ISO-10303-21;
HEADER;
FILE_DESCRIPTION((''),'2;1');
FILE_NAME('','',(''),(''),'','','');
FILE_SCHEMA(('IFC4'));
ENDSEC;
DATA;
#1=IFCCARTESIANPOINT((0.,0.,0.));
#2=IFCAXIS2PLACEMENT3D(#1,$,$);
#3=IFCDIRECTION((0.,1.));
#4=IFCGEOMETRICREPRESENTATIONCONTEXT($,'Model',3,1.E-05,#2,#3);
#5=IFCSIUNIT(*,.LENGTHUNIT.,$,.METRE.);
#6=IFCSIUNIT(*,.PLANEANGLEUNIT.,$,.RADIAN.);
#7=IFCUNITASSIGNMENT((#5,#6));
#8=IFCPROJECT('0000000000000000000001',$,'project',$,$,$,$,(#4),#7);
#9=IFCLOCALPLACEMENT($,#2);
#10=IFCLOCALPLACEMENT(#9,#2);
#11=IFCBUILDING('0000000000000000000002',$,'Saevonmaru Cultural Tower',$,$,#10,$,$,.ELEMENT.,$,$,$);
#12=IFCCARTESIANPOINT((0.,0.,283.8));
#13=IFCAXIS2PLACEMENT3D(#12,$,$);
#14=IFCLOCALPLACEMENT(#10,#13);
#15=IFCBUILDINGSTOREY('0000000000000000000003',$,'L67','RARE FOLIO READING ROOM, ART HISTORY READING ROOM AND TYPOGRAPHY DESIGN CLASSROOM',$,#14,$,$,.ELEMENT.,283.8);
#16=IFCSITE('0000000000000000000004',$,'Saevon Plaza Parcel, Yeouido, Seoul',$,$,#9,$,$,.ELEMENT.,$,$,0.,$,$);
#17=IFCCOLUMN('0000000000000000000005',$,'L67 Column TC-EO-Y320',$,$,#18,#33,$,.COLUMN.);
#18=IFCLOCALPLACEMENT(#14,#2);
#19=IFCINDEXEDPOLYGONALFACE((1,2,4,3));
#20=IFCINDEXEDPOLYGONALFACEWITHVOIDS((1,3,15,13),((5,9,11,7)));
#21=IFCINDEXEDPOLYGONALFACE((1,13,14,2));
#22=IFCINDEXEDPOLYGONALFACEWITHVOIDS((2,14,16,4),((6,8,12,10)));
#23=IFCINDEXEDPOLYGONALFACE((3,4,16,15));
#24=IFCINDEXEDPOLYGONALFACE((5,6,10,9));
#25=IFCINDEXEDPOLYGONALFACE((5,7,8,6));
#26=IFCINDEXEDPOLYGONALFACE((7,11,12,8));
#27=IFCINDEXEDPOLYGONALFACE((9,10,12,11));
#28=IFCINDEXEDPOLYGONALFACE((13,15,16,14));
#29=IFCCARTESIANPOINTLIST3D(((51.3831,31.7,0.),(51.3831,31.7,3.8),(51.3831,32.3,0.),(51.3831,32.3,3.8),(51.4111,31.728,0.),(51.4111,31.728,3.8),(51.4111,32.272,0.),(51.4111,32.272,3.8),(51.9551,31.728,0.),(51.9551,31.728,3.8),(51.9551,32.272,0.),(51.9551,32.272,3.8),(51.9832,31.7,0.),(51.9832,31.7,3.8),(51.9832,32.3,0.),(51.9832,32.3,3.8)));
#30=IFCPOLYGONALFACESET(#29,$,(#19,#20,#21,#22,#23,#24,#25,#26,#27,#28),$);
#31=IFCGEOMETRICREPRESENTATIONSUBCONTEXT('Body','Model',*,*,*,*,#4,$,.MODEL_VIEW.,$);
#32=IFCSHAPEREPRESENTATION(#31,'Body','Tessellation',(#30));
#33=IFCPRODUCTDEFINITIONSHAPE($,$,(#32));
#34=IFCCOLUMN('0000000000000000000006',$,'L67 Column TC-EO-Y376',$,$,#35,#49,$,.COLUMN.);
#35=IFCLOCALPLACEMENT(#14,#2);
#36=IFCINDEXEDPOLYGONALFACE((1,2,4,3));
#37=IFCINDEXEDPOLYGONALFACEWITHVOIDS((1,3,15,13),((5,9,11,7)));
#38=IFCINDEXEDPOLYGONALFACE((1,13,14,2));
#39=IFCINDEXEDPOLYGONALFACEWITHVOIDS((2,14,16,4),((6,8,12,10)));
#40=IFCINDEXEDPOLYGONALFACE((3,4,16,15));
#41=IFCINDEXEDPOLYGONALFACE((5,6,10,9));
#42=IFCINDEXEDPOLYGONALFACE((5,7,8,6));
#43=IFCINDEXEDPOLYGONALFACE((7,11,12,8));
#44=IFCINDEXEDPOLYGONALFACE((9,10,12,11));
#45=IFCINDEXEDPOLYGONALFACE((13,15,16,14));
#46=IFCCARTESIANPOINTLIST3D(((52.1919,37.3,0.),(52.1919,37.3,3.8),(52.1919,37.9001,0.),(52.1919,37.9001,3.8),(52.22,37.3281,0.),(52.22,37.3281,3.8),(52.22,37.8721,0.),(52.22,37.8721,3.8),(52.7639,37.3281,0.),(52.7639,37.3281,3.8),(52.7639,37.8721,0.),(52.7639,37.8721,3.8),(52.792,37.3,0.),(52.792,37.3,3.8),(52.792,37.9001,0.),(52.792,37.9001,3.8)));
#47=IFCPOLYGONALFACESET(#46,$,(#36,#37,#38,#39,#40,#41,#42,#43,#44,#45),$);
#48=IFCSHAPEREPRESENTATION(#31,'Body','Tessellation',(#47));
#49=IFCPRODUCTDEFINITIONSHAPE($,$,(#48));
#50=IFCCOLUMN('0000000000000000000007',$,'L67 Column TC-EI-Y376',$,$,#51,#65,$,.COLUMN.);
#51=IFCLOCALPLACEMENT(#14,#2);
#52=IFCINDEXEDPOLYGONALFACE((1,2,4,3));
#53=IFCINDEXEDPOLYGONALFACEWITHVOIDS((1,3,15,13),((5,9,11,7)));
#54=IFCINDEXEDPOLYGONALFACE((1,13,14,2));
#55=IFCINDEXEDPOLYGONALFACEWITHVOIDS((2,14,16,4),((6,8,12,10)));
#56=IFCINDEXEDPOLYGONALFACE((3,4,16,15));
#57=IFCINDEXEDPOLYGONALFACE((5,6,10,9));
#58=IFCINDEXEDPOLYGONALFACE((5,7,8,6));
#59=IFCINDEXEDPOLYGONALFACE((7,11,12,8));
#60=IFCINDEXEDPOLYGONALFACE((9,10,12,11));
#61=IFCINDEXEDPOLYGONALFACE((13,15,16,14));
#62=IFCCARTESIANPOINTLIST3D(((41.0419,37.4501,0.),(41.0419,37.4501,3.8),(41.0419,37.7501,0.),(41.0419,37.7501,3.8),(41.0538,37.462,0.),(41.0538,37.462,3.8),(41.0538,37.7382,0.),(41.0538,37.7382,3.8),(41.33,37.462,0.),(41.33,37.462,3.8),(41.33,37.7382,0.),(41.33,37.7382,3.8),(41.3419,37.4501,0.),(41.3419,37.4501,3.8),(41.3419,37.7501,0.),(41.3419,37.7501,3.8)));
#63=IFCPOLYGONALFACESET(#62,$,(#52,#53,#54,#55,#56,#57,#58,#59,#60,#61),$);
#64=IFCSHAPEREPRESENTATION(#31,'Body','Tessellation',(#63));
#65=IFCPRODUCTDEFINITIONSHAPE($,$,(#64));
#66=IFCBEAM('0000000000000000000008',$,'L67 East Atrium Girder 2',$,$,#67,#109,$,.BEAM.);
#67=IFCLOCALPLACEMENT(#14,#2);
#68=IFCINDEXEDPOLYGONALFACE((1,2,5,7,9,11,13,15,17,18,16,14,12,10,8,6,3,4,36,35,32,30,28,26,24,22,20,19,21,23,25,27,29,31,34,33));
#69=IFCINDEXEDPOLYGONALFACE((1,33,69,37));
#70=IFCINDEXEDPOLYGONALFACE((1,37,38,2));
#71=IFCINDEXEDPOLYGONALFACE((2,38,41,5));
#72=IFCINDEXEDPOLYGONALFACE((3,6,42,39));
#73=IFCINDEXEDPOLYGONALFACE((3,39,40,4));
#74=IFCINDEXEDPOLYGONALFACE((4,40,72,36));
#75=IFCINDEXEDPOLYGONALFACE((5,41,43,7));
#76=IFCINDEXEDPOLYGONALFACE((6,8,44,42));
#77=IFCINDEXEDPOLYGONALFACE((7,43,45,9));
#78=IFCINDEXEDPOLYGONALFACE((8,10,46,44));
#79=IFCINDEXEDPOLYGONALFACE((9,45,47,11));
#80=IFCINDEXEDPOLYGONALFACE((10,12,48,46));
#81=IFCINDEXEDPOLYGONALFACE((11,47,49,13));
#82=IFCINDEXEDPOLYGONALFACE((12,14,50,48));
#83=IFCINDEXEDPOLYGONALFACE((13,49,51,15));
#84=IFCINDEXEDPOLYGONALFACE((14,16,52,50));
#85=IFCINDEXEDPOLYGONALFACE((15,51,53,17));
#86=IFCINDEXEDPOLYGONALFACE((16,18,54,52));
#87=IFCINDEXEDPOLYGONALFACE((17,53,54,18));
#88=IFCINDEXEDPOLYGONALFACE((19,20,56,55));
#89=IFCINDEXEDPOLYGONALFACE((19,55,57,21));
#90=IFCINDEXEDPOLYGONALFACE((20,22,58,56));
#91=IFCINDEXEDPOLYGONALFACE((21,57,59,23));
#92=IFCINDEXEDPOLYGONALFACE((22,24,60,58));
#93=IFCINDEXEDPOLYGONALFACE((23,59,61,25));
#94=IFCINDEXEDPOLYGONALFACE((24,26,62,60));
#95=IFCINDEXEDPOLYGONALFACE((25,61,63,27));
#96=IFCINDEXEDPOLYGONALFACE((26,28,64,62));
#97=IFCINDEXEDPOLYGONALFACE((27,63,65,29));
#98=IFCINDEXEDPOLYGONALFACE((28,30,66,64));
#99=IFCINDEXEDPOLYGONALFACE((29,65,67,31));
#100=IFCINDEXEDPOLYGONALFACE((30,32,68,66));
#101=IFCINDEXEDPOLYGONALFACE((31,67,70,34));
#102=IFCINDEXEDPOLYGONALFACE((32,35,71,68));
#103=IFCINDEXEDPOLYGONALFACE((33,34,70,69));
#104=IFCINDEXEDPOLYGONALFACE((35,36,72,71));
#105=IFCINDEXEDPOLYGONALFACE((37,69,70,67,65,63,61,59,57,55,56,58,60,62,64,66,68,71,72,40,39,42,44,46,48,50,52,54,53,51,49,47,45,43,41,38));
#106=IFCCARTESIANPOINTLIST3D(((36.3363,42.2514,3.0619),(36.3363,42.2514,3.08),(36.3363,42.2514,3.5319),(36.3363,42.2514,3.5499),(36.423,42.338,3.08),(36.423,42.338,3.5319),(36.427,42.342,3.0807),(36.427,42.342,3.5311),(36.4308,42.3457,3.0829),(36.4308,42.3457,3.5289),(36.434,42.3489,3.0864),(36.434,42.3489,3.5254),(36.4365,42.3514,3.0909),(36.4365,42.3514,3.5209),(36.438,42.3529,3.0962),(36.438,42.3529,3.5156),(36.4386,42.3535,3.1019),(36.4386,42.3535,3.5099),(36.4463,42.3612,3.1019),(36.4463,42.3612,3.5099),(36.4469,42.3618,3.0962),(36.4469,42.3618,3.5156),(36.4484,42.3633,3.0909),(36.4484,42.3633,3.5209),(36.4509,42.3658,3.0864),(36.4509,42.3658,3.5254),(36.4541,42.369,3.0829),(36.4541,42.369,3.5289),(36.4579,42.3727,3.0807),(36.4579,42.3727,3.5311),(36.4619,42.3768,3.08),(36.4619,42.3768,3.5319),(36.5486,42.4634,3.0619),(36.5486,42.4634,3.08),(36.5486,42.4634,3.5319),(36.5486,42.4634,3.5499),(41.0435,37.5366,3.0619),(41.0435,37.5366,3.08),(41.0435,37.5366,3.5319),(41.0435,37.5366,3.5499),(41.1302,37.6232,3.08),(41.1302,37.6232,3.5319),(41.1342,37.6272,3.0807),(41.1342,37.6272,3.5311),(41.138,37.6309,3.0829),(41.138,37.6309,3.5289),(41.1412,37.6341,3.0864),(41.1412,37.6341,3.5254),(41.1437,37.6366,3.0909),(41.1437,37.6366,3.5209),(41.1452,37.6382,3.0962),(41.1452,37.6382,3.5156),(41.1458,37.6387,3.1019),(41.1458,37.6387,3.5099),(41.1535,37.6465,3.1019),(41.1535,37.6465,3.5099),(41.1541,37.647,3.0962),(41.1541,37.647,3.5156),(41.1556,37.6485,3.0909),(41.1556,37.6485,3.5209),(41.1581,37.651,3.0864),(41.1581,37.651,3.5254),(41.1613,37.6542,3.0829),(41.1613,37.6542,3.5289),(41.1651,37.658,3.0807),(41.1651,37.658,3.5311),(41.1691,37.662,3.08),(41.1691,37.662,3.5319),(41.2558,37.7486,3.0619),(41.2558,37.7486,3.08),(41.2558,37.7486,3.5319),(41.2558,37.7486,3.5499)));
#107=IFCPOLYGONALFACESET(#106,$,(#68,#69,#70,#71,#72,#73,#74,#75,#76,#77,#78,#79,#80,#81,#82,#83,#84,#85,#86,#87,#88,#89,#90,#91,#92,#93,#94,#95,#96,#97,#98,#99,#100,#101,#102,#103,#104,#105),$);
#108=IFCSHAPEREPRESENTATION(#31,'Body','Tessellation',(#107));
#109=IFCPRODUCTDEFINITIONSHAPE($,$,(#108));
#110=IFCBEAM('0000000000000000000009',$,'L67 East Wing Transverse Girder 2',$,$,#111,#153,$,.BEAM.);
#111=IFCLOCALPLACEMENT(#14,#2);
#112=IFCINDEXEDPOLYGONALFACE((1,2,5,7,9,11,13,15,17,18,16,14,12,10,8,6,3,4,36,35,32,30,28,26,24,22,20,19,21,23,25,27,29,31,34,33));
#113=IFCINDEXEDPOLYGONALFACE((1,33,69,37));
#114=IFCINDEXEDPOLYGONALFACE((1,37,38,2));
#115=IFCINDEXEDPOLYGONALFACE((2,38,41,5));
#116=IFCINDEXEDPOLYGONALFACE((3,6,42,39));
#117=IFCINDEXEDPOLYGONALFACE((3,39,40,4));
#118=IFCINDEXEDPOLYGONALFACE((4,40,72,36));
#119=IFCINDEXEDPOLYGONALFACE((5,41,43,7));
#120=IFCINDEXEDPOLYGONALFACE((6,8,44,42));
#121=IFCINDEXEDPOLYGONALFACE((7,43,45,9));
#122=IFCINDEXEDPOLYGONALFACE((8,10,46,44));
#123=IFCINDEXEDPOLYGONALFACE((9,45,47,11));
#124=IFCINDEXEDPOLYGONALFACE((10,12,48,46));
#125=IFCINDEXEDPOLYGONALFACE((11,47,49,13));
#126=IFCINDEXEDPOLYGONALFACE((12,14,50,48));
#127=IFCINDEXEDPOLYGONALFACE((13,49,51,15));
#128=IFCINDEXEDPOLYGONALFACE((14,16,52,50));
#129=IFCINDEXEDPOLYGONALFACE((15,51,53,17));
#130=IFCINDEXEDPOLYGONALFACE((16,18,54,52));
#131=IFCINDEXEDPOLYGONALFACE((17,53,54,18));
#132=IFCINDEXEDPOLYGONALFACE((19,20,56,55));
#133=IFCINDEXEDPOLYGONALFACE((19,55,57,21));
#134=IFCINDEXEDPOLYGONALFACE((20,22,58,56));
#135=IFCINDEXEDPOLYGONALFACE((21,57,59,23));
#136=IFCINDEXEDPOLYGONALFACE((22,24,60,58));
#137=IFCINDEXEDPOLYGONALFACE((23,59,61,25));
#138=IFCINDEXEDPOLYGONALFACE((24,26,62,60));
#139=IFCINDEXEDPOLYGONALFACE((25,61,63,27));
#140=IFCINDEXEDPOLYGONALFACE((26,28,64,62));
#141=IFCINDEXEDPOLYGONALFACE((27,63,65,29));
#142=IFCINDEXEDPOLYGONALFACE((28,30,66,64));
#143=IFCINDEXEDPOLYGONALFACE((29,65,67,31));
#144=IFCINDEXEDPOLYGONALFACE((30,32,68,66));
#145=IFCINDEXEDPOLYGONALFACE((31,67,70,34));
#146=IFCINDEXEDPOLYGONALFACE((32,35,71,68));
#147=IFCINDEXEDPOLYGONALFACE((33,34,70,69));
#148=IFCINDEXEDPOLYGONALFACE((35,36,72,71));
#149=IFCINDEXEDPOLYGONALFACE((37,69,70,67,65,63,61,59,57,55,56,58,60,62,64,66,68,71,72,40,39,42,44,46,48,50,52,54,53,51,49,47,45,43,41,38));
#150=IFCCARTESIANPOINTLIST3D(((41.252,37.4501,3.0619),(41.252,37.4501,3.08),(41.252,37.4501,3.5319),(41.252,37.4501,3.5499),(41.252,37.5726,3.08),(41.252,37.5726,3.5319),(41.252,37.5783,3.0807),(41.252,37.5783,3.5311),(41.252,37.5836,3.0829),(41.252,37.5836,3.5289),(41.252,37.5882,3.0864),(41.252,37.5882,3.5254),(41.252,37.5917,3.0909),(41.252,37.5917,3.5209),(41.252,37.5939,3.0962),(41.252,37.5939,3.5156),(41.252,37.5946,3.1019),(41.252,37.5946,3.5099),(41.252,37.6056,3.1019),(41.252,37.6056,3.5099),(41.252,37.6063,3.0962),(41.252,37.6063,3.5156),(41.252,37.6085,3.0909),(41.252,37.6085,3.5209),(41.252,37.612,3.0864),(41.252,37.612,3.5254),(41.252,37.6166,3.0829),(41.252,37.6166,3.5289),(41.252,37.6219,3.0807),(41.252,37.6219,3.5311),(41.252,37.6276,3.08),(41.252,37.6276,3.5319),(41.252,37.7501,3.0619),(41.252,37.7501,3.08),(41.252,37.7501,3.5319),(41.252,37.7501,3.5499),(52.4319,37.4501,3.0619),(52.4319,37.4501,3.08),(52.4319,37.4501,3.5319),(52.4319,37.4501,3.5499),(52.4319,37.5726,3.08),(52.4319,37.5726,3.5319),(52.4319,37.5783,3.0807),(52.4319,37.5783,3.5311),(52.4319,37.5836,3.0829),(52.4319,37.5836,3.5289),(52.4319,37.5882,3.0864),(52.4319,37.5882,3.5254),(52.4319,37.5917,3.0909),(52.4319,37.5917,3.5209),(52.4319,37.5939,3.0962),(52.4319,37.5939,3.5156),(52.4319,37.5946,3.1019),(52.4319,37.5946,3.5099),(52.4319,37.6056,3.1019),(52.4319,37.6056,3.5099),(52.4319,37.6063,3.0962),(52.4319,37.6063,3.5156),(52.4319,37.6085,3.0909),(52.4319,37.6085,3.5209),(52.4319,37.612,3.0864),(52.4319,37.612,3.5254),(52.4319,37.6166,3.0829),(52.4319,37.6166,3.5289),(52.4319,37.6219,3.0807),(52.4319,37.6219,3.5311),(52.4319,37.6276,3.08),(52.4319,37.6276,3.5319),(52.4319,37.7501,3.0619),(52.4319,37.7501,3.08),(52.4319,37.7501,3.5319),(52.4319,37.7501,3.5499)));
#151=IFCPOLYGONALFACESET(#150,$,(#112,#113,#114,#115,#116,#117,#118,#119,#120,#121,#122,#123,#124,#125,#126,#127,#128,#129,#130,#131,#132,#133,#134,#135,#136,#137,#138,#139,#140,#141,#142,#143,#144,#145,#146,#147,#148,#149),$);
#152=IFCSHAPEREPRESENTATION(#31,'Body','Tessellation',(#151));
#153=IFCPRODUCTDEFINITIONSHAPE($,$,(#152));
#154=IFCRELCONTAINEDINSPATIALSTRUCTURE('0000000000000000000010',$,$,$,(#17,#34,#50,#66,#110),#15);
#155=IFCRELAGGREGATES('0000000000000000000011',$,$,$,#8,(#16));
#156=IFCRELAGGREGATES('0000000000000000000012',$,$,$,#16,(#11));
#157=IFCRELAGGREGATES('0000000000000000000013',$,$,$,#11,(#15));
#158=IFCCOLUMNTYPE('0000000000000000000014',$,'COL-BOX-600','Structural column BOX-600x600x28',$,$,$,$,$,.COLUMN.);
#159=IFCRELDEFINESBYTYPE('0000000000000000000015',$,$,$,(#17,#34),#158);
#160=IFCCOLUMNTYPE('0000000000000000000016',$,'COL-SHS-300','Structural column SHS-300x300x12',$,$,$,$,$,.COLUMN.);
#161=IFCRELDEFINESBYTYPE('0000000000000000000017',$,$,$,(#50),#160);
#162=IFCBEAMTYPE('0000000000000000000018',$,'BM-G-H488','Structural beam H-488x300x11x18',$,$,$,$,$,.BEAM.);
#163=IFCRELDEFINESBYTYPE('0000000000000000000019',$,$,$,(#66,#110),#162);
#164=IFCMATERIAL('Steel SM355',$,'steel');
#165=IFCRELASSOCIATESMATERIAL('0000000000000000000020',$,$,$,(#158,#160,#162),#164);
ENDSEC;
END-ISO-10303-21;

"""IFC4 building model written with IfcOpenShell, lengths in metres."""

from ifc_helpers import new_model, si_unit, direction, frame, origin, origin_2d, place, context, subcontext, project, spatial, hollow_rectangle, i_section, extrude, material, material_profile, profile_set, type_object, element, save


model = new_model("IFC4")

# Units and contexts
model_context = context("Model", 3, precision=1e-05, world=origin(), true_north=direction((0.0, 1.0)))
body_context = subcontext(model_context, "Body", "Model", "MODEL_VIEW")
ifc_project = project(units=[si_unit("LENGTHUNIT", "METRE"), si_unit("PLANEANGLEUNIT", "RADIAN")], contexts=[model_context])

# Site, building, storey
site_placement = place(None, origin())
site = spatial("IfcSite", under=ifc_project, at=site_placement, Name="Saevon Plaza Parcel, Yeouido, Seoul", CompositionType="ELEMENT", RefElevation=0.0)
building_placement = place(site_placement, origin())
building = spatial("IfcBuilding", under=site, at=building_placement, Name="Saevonmaru Cultural Tower", CompositionType="ELEMENT")
storey_placement = place(building_placement, frame((0.0, 0.0, 283.8)))
storey = spatial("IfcBuildingStorey", under=building, at=storey_placement, Name="L67", Description="RARE FOLIO READING ROOM, ART HISTORY READING ROOM AND TYPOGRAPHY DESIGN CLASSROOM", CompositionType="ELEMENT", Elevation=283.8)

# Columns
ifc_material_1 = material(Name="Steel SM355", Category="steel")
ifc_material_profile_1 = material_profile(ifc_material_1, hollow_rectangle(XDim=0.6001, YDim=0.6001, WallThickness=0.0281, at=origin_2d()), Name="BOX-600x600x28")
ifc_profile_set_1 = profile_set([ifc_material_profile_1], Name="Steel SM355")
column_type_1 = type_object("IfcColumnType", Name="COL-BOX-600", Description="Structural column BOX-600x600x28", PredefinedType="COLUMN", material=ifc_profile_set_1)
for number, where, z_axis, x_axis, name in (
    (1, (51.6831, 32.0, 0.0), (0.0, 0.0, 1.0), (1.0, 0.0, 0.0), "L67 Column TC-EO-Y320"),
    (2, (52.4919, 37.6001, 0.0), (0.0, 0.0, 1.0), (1.0, 0.0, 0.0), "L67 Column TC-EO-Y376"),
):
    element("IfcColumn", number, at=place(storey_placement, frame(where, z_axis=z_axis, x_axis=x_axis)), inside=storey, type_object=column_type_1, Name=name, PredefinedType="COLUMN", context=body_context, shape_type="SweptSolid", body=[
        extrude(hollow_rectangle(XDim=0.6001, YDim=0.6001, WallThickness=0.0281, at=origin_2d()), origin(), (0.0, 0.0, 1.0), 3.8),
    ])
ifc_material_profile_2 = material_profile(ifc_material_1, hollow_rectangle(XDim=0.3, YDim=0.3, WallThickness=0.012, at=origin_2d()), Name="SHS-300x300x12")
ifc_profile_set_2 = profile_set([ifc_material_profile_2], Name="Steel SM355")
column_type_2 = type_object("IfcColumnType", Name="COL-SHS-300", Description="Structural column SHS-300x300x12", PredefinedType="COLUMN", material=ifc_profile_set_2)
column_placement = place(storey_placement, frame((41.1919, 37.6001, 0.0), z_axis=(0.0, 0.0, 1.0), x_axis=(1.0, 0.0, 0.0)))
element("IfcColumn", 3, at=column_placement, inside=storey, type_object=column_type_2, Name="L67 Column TC-EI-Y376", PredefinedType="COLUMN", context=body_context, shape_type="SweptSolid", body=[
    extrude(hollow_rectangle(XDim=0.3, YDim=0.3, WallThickness=0.012, at=origin_2d()), origin(), (0.0, 0.0, 1.0), 3.8),
])

# Beams
ifc_material_profile_3 = material_profile(ifc_material_1, i_section(OverallWidth=0.3, OverallDepth=0.488, WebThickness=0.011, FlangeThickness=0.0181, FilletRadius=0.022, at=origin_2d()), Name="H-488x300x11x18")
ifc_profile_set_3 = profile_set([ifc_material_profile_3], Name="Steel SM355")
beam_type_1 = type_object("IfcBeamType", Name="BM-G-H488", Description="Structural beam H-488x300x11x18", PredefinedType="BEAM", material=ifc_profile_set_3)
beam_1_placement = place(storey_placement, frame((41.1497, 37.6426, 3.3059), z_axis=(-0.706539, 0.707675, 0.0), x_axis=(-0.707675, -0.706539, 0.0)))
element("IfcBeam", 4, at=beam_1_placement, inside=storey, type_object=beam_type_1, Name="L67 East Atrium Girder 2", PredefinedType="BEAM", context=body_context, shape_type="SweptSolid", body=[
    extrude(i_section(OverallWidth=0.3, OverallDepth=0.488, WebThickness=0.011, FlangeThickness=0.0181, FilletRadius=0.022, at=origin_2d()), origin(), (0.0, 0.0, 1.0), 6.6624),
])
beam_2_placement = place(storey_placement, frame((41.252, 37.6001, 3.3059), z_axis=(1.0, 0.0, 0.0), x_axis=(0.0, 1.0, 0.0)))
element("IfcBeam", 5, at=beam_2_placement, inside=storey, type_object=beam_type_1, Name="L67 East Wing Transverse Girder 2", PredefinedType="BEAM", context=body_context, shape_type="SweptSolid", body=[
    extrude(i_section(OverallWidth=0.3, OverallDepth=0.488, WebThickness=0.011, FlangeThickness=0.0181, FilletRadius=0.022, at=origin_2d()), origin(), (0.0, 0.0, 1.0), 11.1799),
])

save(model, "model.ifc")
